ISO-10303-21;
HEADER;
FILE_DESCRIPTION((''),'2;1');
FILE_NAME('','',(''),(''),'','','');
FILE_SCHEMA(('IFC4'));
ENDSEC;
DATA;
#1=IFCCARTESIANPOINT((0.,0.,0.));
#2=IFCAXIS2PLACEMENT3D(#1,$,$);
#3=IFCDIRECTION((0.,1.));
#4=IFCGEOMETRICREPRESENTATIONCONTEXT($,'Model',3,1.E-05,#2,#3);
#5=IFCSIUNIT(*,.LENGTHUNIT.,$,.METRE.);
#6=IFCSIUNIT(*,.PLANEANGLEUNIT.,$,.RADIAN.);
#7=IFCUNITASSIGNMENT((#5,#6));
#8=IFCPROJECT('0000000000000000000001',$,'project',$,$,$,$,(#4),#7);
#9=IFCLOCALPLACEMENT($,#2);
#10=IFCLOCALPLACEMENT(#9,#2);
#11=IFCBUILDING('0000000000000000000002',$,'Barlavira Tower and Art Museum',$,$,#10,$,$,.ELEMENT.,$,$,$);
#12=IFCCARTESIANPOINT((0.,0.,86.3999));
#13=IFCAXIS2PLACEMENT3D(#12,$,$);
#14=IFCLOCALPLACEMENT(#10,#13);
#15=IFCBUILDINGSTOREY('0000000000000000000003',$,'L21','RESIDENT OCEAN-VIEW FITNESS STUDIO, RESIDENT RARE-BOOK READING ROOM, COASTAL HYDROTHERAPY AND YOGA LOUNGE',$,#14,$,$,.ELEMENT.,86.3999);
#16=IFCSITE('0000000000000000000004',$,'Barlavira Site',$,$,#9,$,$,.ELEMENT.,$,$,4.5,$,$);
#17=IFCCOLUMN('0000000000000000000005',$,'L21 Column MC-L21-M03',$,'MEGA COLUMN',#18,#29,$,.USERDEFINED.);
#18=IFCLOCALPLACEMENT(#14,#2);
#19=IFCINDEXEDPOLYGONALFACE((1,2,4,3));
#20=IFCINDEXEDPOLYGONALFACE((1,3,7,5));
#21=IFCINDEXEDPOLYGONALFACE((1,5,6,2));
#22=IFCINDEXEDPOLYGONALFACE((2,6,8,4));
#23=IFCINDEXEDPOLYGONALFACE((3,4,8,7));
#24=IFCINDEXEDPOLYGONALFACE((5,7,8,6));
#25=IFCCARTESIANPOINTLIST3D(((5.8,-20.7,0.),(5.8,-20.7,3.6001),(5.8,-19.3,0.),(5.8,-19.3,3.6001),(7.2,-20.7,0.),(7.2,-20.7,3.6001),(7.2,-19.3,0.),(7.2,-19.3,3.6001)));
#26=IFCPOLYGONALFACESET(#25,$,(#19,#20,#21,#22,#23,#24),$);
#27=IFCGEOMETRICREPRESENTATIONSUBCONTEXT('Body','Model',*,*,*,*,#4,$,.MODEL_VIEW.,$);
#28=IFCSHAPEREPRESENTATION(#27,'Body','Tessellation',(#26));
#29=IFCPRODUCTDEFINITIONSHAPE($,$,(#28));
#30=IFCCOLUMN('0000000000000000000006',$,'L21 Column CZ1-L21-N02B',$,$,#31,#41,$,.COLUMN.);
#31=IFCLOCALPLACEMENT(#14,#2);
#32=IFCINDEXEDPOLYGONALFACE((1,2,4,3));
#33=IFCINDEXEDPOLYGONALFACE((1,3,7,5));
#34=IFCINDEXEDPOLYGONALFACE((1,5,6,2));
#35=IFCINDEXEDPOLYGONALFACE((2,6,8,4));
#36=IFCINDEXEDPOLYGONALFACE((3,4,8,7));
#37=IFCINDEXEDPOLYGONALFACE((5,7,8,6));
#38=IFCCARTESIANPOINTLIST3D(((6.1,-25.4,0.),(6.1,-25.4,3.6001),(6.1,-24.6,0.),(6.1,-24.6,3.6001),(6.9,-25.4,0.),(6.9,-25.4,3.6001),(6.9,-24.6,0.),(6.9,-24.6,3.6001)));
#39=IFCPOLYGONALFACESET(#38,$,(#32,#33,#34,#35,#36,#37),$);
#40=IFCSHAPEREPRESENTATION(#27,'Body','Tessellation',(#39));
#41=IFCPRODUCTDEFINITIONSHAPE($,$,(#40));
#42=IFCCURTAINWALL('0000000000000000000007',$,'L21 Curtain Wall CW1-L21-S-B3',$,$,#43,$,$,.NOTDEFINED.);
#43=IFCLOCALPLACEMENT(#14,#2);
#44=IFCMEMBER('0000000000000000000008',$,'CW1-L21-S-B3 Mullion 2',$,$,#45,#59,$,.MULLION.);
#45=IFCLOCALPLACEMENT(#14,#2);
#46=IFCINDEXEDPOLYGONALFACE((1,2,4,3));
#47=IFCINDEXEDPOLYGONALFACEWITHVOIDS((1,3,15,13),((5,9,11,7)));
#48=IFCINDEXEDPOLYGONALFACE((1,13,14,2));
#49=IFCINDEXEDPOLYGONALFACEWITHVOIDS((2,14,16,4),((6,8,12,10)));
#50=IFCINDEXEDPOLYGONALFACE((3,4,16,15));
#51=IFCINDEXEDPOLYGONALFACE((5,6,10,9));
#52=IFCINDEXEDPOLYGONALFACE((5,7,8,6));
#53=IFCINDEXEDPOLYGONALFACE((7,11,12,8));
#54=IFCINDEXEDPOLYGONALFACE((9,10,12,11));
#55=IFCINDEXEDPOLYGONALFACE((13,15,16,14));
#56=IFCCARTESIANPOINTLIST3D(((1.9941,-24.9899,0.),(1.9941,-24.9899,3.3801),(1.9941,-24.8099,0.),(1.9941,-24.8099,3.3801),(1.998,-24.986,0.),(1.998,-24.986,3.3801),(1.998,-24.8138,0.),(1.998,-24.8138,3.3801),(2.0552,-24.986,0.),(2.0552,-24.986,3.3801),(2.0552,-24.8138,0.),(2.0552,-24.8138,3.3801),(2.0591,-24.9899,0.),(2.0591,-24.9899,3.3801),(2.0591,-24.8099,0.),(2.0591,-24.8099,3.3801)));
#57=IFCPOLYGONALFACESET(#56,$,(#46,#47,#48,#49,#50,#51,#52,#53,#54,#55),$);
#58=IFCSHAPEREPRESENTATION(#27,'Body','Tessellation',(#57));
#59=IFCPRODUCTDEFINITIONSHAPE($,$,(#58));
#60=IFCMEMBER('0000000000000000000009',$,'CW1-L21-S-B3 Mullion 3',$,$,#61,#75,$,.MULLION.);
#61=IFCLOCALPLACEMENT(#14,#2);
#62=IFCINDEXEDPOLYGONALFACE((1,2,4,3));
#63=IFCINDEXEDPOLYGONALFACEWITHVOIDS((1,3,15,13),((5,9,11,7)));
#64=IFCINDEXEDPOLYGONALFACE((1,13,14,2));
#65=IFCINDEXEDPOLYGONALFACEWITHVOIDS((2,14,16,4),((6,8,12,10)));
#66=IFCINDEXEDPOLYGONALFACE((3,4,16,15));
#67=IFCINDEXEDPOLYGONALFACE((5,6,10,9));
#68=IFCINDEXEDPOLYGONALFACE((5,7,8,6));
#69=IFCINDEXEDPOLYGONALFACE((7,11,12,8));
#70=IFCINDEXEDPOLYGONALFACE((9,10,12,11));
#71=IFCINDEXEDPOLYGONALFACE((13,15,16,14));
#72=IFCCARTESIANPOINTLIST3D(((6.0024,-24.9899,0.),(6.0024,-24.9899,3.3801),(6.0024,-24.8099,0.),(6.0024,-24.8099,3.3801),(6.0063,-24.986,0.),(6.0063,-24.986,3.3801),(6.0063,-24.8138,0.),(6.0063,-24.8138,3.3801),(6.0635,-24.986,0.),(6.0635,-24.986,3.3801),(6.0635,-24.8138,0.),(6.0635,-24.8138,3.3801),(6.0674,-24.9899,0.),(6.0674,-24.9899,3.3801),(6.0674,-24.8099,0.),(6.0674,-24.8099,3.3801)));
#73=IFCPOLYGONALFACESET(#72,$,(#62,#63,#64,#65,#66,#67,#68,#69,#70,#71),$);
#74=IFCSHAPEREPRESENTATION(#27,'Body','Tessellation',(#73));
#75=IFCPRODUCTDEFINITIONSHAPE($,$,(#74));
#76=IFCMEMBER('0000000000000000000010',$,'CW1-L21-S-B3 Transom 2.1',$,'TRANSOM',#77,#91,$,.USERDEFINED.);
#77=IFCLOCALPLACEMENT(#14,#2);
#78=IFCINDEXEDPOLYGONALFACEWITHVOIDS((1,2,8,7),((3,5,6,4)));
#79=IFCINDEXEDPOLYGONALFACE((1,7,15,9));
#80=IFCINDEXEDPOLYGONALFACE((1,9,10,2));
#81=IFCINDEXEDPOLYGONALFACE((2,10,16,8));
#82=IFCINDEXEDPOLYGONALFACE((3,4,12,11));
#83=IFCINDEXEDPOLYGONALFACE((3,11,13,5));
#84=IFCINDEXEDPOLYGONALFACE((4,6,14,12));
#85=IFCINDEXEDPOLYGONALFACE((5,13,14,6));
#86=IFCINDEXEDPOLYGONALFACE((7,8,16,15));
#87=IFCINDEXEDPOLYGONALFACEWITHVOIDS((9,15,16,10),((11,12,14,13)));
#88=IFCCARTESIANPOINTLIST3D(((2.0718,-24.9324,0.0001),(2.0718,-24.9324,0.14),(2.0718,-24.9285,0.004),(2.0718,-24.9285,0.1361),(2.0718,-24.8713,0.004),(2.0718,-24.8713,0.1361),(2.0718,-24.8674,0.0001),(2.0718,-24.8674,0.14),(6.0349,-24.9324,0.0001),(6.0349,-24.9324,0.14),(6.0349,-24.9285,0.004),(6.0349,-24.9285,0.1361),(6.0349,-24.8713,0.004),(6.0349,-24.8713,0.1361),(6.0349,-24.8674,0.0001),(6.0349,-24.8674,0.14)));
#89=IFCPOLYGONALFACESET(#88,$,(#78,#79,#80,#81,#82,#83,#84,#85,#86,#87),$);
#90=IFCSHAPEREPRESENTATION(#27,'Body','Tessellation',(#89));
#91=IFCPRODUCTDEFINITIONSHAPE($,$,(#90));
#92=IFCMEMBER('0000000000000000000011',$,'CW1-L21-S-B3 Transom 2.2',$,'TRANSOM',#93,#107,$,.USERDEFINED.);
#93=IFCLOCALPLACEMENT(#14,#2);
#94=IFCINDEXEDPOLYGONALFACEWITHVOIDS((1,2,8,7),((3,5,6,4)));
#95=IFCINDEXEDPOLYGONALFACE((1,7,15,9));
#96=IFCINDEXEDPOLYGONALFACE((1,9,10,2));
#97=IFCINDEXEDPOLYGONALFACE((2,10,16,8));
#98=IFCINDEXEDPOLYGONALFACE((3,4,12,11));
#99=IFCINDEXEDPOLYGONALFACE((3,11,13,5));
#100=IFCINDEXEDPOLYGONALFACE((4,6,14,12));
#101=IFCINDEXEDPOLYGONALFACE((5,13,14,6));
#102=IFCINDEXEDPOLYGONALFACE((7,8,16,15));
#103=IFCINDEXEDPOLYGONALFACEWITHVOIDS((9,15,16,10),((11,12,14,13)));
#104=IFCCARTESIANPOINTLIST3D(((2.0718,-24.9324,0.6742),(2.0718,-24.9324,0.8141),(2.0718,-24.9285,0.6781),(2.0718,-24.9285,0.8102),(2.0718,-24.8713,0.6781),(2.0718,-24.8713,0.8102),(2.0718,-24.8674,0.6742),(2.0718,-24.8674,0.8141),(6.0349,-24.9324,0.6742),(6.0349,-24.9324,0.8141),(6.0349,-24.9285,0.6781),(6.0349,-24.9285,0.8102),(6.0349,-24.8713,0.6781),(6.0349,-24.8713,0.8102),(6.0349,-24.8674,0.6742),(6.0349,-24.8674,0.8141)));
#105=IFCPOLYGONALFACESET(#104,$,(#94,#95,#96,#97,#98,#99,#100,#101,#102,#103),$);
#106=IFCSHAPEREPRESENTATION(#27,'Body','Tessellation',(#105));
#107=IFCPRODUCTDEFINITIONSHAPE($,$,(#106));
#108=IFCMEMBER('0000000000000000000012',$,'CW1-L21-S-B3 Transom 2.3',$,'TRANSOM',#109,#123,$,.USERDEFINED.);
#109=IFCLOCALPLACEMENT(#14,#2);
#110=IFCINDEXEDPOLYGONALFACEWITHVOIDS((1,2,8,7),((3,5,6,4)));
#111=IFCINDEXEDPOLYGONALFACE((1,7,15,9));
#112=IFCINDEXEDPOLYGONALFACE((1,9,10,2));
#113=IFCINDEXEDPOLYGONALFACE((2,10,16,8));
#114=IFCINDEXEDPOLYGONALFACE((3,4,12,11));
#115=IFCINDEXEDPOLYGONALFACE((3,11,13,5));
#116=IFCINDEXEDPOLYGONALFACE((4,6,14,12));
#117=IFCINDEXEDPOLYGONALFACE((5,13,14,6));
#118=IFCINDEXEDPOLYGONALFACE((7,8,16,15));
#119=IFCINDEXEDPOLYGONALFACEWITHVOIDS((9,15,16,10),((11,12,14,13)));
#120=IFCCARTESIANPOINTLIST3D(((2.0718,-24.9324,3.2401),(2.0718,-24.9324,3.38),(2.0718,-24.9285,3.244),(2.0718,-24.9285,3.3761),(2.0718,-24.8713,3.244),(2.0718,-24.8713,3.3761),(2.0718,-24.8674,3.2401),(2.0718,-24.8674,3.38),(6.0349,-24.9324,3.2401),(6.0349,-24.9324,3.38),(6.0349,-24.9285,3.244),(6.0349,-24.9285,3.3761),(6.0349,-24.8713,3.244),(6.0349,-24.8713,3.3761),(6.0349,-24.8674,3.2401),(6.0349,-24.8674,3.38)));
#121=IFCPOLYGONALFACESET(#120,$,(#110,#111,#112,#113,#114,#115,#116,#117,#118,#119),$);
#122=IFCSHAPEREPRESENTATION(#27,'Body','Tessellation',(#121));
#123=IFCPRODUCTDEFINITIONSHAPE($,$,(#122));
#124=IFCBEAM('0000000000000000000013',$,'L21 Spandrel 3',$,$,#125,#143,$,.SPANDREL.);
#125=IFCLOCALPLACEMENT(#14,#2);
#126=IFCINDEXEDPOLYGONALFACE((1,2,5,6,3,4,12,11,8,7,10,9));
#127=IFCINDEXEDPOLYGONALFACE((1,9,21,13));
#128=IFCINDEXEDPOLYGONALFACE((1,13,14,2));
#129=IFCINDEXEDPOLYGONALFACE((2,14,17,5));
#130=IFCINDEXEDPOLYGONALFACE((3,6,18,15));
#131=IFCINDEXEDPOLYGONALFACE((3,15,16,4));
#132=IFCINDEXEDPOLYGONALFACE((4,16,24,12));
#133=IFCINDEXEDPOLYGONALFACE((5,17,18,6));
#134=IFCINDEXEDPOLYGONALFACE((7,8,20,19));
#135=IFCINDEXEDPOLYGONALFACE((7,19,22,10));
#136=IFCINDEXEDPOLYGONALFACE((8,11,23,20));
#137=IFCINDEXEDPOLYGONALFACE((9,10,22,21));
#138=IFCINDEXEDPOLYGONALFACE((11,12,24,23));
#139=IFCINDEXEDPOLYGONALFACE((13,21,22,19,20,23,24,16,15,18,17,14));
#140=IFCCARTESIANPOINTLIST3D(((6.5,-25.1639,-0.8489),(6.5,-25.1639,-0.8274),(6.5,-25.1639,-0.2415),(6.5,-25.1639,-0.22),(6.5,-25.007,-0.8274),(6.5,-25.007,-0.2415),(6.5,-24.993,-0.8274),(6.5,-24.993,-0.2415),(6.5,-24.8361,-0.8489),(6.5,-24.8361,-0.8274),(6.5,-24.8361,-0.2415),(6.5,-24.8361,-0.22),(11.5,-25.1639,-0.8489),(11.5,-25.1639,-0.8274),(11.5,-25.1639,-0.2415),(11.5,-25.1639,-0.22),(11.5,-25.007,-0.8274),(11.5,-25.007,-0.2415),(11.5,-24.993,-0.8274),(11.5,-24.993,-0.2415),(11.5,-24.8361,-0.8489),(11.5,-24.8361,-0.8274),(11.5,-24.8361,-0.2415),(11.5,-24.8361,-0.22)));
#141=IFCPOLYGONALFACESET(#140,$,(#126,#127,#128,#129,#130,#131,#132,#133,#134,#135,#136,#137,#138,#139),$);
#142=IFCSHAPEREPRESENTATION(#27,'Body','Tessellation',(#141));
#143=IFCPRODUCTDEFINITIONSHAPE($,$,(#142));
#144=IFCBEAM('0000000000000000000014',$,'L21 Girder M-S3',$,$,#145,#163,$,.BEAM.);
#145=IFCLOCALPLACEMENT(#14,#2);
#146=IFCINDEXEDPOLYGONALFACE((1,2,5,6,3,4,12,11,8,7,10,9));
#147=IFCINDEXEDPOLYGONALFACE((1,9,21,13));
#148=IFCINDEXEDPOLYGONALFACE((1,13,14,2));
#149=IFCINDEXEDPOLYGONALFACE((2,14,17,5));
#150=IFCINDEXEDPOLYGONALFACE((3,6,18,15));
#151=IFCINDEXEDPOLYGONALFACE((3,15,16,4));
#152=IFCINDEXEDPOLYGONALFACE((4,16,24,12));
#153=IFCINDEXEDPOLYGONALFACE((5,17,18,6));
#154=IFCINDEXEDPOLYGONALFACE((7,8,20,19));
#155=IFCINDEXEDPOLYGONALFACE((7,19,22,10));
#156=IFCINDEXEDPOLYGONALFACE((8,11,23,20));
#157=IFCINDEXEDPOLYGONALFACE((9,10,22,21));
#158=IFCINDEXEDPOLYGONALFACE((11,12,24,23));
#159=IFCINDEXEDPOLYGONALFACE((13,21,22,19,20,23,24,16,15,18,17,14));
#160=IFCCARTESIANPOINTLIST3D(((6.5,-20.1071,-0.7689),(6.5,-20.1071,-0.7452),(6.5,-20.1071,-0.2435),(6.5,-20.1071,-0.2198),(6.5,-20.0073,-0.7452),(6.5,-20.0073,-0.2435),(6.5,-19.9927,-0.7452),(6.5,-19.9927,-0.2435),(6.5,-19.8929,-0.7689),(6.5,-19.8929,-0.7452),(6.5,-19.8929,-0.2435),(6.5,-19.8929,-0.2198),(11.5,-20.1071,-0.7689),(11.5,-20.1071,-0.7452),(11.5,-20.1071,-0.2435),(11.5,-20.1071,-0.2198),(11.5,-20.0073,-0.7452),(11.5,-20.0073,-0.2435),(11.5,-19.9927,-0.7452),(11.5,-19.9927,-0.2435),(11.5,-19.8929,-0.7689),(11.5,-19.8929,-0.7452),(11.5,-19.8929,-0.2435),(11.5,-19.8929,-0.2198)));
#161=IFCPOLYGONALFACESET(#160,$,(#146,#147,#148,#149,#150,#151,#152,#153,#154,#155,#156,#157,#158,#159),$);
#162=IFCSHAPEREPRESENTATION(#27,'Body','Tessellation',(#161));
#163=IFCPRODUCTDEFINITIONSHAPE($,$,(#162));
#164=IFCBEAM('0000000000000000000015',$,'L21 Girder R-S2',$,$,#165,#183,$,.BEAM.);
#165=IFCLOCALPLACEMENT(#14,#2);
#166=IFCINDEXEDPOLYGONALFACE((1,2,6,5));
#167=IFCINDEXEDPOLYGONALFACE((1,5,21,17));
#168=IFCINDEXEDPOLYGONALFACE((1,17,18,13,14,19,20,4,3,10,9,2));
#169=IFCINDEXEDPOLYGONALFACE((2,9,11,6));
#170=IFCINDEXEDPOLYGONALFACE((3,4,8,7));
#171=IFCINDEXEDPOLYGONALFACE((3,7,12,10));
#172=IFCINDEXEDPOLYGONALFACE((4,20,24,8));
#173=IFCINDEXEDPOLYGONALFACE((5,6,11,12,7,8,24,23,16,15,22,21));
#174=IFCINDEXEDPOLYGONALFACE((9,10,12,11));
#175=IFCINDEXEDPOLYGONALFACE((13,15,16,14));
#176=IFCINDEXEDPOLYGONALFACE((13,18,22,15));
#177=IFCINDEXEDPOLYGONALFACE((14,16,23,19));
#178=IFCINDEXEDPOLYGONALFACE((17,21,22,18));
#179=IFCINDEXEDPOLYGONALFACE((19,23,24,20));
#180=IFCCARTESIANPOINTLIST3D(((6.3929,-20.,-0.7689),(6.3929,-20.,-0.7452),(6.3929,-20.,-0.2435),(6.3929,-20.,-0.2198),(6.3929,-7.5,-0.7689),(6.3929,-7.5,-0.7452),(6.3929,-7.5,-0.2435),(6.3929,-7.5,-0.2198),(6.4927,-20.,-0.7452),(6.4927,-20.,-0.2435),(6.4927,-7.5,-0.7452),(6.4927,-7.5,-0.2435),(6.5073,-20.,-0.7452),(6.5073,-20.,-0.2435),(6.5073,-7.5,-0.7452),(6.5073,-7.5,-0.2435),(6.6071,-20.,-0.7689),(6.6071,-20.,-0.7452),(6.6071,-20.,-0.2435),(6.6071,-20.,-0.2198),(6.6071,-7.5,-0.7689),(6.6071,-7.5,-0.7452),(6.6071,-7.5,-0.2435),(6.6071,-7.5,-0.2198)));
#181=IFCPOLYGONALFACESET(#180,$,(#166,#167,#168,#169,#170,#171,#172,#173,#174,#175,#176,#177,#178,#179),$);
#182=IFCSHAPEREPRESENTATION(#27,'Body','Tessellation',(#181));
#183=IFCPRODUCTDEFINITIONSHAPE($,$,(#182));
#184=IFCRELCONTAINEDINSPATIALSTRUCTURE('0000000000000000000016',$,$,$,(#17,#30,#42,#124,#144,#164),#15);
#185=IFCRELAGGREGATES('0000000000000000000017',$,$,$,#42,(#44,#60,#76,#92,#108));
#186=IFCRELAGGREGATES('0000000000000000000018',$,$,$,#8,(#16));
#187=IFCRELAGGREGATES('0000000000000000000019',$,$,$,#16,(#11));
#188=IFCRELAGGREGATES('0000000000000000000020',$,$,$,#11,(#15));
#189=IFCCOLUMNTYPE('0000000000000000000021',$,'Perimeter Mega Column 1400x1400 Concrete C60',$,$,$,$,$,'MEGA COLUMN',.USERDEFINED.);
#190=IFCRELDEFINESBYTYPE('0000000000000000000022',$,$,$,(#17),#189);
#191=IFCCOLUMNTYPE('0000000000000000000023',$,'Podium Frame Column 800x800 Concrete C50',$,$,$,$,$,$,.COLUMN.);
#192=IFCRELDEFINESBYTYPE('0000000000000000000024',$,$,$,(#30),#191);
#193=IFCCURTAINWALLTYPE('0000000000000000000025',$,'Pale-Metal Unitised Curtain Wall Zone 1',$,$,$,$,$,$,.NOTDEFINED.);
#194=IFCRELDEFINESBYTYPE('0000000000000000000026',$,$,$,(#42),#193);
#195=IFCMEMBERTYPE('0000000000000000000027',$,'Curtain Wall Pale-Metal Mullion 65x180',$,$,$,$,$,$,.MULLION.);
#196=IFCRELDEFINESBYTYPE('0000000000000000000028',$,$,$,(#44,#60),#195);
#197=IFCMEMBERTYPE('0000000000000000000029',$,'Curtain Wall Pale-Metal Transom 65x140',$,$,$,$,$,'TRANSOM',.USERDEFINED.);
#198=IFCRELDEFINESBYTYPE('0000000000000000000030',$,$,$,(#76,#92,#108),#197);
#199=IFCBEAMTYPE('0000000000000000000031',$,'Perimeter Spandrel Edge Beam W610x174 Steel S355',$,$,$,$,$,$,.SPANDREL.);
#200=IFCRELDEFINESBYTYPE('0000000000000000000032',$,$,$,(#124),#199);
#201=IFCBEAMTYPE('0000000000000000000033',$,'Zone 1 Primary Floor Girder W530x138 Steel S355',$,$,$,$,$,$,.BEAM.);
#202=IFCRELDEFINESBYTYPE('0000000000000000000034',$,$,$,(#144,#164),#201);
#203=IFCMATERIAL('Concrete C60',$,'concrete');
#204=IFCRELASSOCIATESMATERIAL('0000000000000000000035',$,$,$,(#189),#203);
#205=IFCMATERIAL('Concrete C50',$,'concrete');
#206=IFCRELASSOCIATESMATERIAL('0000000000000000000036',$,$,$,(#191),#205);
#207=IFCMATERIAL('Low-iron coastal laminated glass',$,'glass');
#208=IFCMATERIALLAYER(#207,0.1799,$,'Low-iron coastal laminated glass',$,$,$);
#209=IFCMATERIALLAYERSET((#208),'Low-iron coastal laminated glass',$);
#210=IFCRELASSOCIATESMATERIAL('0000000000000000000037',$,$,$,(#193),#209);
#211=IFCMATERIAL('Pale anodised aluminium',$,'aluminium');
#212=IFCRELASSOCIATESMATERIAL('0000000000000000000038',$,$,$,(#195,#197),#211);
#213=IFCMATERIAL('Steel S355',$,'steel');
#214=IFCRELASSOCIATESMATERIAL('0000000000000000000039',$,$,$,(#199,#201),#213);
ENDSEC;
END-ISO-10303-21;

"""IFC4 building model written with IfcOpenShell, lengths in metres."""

from ifc_helpers import new_model, si_unit, direction, frame, origin, origin_2d, place, context, subcontext, project, spatial, rectangle, hollow_rectangle, i_section, extrude, material, layer, layer_set, material_profile, profile_set, type_object, element, aggregate, save


model = new_model("IFC4")

# Units and contexts
model_context = context("Model", 3, precision=1e-05, world=origin(), true_north=direction((0.0, 1.0)))
body_context = subcontext(model_context, "Body", "Model", "MODEL_VIEW")
ifc_project = project(units=[si_unit("LENGTHUNIT", "METRE"), si_unit("PLANEANGLEUNIT", "RADIAN")], contexts=[model_context])

# Site, building, storey
site_placement = place(None, origin())
site = spatial("IfcSite", under=ifc_project, at=site_placement, Name="Barlavira Site", CompositionType="ELEMENT", RefElevation=4.5)
building_placement = place(site_placement, origin())
building = spatial("IfcBuilding", under=site, at=building_placement, Name="Barlavira Tower and Art Museum", CompositionType="ELEMENT")
storey_placement = place(building_placement, frame((0.0, 0.0, 86.3999)))
storey = spatial("IfcBuildingStorey", under=building, at=storey_placement, Name="L21", Description="RESIDENT OCEAN-VIEW FITNESS STUDIO, RESIDENT RARE-BOOK READING ROOM, COASTAL HYDROTHERAPY AND YOGA LOUNGE", CompositionType="ELEMENT", Elevation=86.3999)

# Columns
ifc_material_1 = material(Name="Concrete C60", Category="concrete")
ifc_material_profile_1 = material_profile(ifc_material_1, rectangle(XDim=1.3999, YDim=1.3999, at=origin_2d()), Name="RC-MCOL 1400x1400")
ifc_profile_set_1 = profile_set([ifc_material_profile_1], Name="Concrete C60")
column_type_1 = type_object("IfcColumnType", Name="Perimeter Mega Column 1400x1400 Concrete C60", ElementType="MEGA COLUMN", PredefinedType="USERDEFINED", material=ifc_profile_set_1)
column_1_placement = place(storey_placement, frame((6.5, -20.0, 0.0), z_axis=(0.0, 0.0, 1.0), x_axis=(1.0, 0.0, 0.0)))
element("IfcColumn", 1, at=column_1_placement, inside=storey, type_object=column_type_1, Name="L21 Column MC-L21-M03", ObjectType="MEGA COLUMN", PredefinedType="USERDEFINED", context=body_context, shape_type="SweptSolid", body=[
    extrude(rectangle(XDim=1.3999, YDim=1.3999, at=origin_2d()), origin(), (0.0, 0.0, 1.0), 3.6001),
])
ifc_material_2 = material(Name="Concrete C50", Category="concrete")
ifc_material_profile_2 = material_profile(ifc_material_2, rectangle(XDim=0.8, YDim=0.8, at=origin_2d()), Name="RC-COL 800x800")
ifc_profile_set_2 = profile_set([ifc_material_profile_2], Name="Concrete C50")
column_type_2 = type_object("IfcColumnType", Name="Podium Frame Column 800x800 Concrete C50", PredefinedType="COLUMN", material=ifc_profile_set_2)
column_2_placement = place(storey_placement, frame((6.5, -25.0, 0.0), z_axis=(0.0, 0.0, 1.0), x_axis=(1.0, 0.0, 0.0)))
element("IfcColumn", 2, at=column_2_placement, inside=storey, type_object=column_type_2, Name="L21 Column CZ1-L21-N02B", PredefinedType="COLUMN", context=body_context, shape_type="SweptSolid", body=[
    extrude(rectangle(XDim=0.8, YDim=0.8, at=origin_2d()), origin(), (0.0, 0.0, 1.0), 3.6001),
])

# Curtain wall, members
ifc_material_3 = material(Name="Low-iron coastal laminated glass", Category="glass")
ifc_layer_1 = layer(ifc_material_3, 0.1799, Name="Low-iron coastal laminated glass")
ifc_layer_set_1 = layer_set([ifc_layer_1], Name="Low-iron coastal laminated glass")
curtain_wall_type = type_object("IfcCurtainWallType", Name="Pale-Metal Unitised Curtain Wall Zone 1", PredefinedType="NOTDEFINED", material=ifc_layer_set_1)
curtain_wall_placement = place(storey_placement, origin())
curtain_wall = element("IfcCurtainWall", 3, at=curtain_wall_placement, inside=storey, type_object=curtain_wall_type, Name="L21 Curtain Wall CW1-L21-S-B3", PredefinedType="NOTDEFINED")
ifc_material_4 = material(Name="Pale anodised aluminium", Category="aluminium")
ifc_material_profile_3 = material_profile(ifc_material_4, hollow_rectangle(XDim=0.0649, YDim=0.1799, WallThickness=0.0039, at=origin_2d()), Name="ALU-MULL 65x180x4")
ifc_profile_set_3 = profile_set([ifc_material_profile_3], Name="Pale anodised aluminium")
member_type_1 = type_object("IfcMemberType", Name="Curtain Wall Pale-Metal Mullion 65x180", PredefinedType="MULLION", material=ifc_profile_set_3)
member_1_placement = place(storey_placement, frame((2.0266, -24.8999, 0.0), z_axis=(0.0, 0.0, 1.0), x_axis=(1.0, 0.0, 0.0)))
member_1 = element("IfcMember", 4, at=member_1_placement, type_object=member_type_1, Name="CW1-L21-S-B3 Mullion 2", PredefinedType="MULLION", context=body_context, shape_type="SweptSolid", body=[
    extrude(hollow_rectangle(XDim=0.0649, YDim=0.1799, WallThickness=0.0039, at=origin_2d()), origin(), (0.0, 0.0, 1.0), 3.3801),
])
member_2_placement = place(storey_placement, frame((6.0349, -24.8999, 0.0), z_axis=(0.0, 0.0, 1.0), x_axis=(1.0, 0.0, 0.0)))
member_2 = element("IfcMember", 5, at=member_2_placement, type_object=member_type_1, Name="CW1-L21-S-B3 Mullion 3", PredefinedType="MULLION", context=body_context, shape_type="SweptSolid", body=[
    extrude(hollow_rectangle(XDim=0.0649, YDim=0.1799, WallThickness=0.0039, at=origin_2d()), origin(), (0.0, 0.0, 1.0), 3.3801),
])
ifc_material_profile_4 = material_profile(ifc_material_4, hollow_rectangle(XDim=0.0649, YDim=0.1399, WallThickness=0.0039, at=origin_2d()), Name="ALU-TRAN 65x140x4")
ifc_profile_set_4 = profile_set([ifc_material_profile_4], Name="Pale anodised aluminium")
member_type_2 = type_object("IfcMemberType", Name="Curtain Wall Pale-Metal Transom 65x140", ElementType="TRANSOM", PredefinedType="USERDEFINED", material=ifc_profile_set_4)
member_3_placement = place(storey_placement, frame((2.0718, -24.8999, 0.0701), z_axis=(1.0, 0.0, 0.0), x_axis=(0.0, 1.0, 0.0)))
member_3 = element("IfcMember", 6, at=member_3_placement, type_object=member_type_2, Name="CW1-L21-S-B3 Transom 2.1", ObjectType="TRANSOM", PredefinedType="USERDEFINED", context=body_context, shape_type="SweptSolid", body=[
    extrude(hollow_rectangle(XDim=0.0649, YDim=0.1399, WallThickness=0.0039, at=origin_2d()), origin(), (0.0, 0.0, 1.0), 3.9631),
])
member_4_placement = place(storey_placement, frame((2.0718, -24.8999, 0.7441), z_axis=(1.0, 0.0, 0.0), x_axis=(0.0, 1.0, 0.0)))
member_4 = element("IfcMember", 7, at=member_4_placement, type_object=member_type_2, Name="CW1-L21-S-B3 Transom 2.2", ObjectType="TRANSOM", PredefinedType="USERDEFINED", context=body_context, shape_type="SweptSolid", body=[
    extrude(hollow_rectangle(XDim=0.0649, YDim=0.1399, WallThickness=0.0039, at=origin_2d()), origin(), (0.0, 0.0, 1.0), 3.9631),
])
member_5_placement = place(storey_placement, frame((2.0718, -24.8999, 3.3101), z_axis=(1.0, 0.0, 0.0), x_axis=(0.0, 1.0, 0.0)))
member_5 = element("IfcMember", 8, at=member_5_placement, type_object=member_type_2, Name="CW1-L21-S-B3 Transom 2.3", ObjectType="TRANSOM", PredefinedType="USERDEFINED", context=body_context, shape_type="SweptSolid", body=[
    extrude(hollow_rectangle(XDim=0.0649, YDim=0.1399, WallThickness=0.0039, at=origin_2d()), origin(), (0.0, 0.0, 1.0), 3.9631),
])

# Beams
ifc_material_5 = material(Name="Steel S355", Category="steel")
ifc_material_profile_5 = material_profile(ifc_material_5, i_section(OverallWidth=0.3279, OverallDepth=0.6289, WebThickness=0.0139, FlangeThickness=0.0215, at=origin_2d()), Name="W610x174.0")
ifc_profile_set_5 = profile_set([ifc_material_profile_5], Name="Steel S355")
beam_type_1 = type_object("IfcBeamType", Name="Perimeter Spandrel Edge Beam W610x174 Steel S355", PredefinedType="SPANDREL", material=ifc_profile_set_5)
beam_1_placement = place(storey_placement, frame((6.5, -25.0, -0.5344), z_axis=(1.0, 0.0, 0.0), x_axis=(0.0, 1.0, 0.0)))
element("IfcBeam", 9, at=beam_1_placement, inside=storey, type_object=beam_type_1, Name="L21 Spandrel 3", PredefinedType="SPANDREL", context=body_context, shape_type="SweptSolid", body=[
    extrude(i_section(OverallWidth=0.3279, OverallDepth=0.6289, WebThickness=0.0139, FlangeThickness=0.0215, at=origin_2d()), origin(), (0.0, 0.0, 1.0), 5.0),
])
ifc_material_profile_6 = material_profile(ifc_material_5, i_section(OverallWidth=0.2141, OverallDepth=0.5491, WebThickness=0.0146, FlangeThickness=0.0237, at=origin_2d()), Name="W530x138.0")
ifc_profile_set_6 = profile_set([ifc_material_profile_6], Name="Steel S355")
beam_type_2 = type_object("IfcBeamType", Name="Zone 1 Primary Floor Girder W530x138 Steel S355", PredefinedType="BEAM", material=ifc_profile_set_6)
beam_2_placement = place(storey_placement, frame((6.5, -20.0, -0.4944), z_axis=(1.0, 0.0, 0.0), x_axis=(0.0, 1.0, 0.0)))
element("IfcBeam", 10, at=beam_2_placement, inside=storey, type_object=beam_type_2, Name="L21 Girder M-S3", PredefinedType="BEAM", context=body_context, shape_type="SweptSolid", body=[
    extrude(i_section(OverallWidth=0.2141, OverallDepth=0.5491, WebThickness=0.0146, FlangeThickness=0.0237, at=origin_2d()), origin(), (0.0, 0.0, 1.0), 5.0),
])
beam_3_placement = place(storey_placement, frame((6.5, -20.0, -0.4944), z_axis=(0.0, 1.0, 0.0), x_axis=(-1.0, 0.0, 0.0)))
element("IfcBeam", 11, at=beam_3_placement, inside=storey, type_object=beam_type_2, Name="L21 Girder R-S2", PredefinedType="BEAM", context=body_context, shape_type="SweptSolid", body=[
    extrude(i_section(OverallWidth=0.2141, OverallDepth=0.5491, WebThickness=0.0146, FlangeThickness=0.0237, at=origin_2d()), origin(), (0.0, 0.0, 1.0), 12.5),
])

aggregate(curtain_wall, [member_1, member_2, member_3, member_4, member_5])

save(model, "model.ifc")
